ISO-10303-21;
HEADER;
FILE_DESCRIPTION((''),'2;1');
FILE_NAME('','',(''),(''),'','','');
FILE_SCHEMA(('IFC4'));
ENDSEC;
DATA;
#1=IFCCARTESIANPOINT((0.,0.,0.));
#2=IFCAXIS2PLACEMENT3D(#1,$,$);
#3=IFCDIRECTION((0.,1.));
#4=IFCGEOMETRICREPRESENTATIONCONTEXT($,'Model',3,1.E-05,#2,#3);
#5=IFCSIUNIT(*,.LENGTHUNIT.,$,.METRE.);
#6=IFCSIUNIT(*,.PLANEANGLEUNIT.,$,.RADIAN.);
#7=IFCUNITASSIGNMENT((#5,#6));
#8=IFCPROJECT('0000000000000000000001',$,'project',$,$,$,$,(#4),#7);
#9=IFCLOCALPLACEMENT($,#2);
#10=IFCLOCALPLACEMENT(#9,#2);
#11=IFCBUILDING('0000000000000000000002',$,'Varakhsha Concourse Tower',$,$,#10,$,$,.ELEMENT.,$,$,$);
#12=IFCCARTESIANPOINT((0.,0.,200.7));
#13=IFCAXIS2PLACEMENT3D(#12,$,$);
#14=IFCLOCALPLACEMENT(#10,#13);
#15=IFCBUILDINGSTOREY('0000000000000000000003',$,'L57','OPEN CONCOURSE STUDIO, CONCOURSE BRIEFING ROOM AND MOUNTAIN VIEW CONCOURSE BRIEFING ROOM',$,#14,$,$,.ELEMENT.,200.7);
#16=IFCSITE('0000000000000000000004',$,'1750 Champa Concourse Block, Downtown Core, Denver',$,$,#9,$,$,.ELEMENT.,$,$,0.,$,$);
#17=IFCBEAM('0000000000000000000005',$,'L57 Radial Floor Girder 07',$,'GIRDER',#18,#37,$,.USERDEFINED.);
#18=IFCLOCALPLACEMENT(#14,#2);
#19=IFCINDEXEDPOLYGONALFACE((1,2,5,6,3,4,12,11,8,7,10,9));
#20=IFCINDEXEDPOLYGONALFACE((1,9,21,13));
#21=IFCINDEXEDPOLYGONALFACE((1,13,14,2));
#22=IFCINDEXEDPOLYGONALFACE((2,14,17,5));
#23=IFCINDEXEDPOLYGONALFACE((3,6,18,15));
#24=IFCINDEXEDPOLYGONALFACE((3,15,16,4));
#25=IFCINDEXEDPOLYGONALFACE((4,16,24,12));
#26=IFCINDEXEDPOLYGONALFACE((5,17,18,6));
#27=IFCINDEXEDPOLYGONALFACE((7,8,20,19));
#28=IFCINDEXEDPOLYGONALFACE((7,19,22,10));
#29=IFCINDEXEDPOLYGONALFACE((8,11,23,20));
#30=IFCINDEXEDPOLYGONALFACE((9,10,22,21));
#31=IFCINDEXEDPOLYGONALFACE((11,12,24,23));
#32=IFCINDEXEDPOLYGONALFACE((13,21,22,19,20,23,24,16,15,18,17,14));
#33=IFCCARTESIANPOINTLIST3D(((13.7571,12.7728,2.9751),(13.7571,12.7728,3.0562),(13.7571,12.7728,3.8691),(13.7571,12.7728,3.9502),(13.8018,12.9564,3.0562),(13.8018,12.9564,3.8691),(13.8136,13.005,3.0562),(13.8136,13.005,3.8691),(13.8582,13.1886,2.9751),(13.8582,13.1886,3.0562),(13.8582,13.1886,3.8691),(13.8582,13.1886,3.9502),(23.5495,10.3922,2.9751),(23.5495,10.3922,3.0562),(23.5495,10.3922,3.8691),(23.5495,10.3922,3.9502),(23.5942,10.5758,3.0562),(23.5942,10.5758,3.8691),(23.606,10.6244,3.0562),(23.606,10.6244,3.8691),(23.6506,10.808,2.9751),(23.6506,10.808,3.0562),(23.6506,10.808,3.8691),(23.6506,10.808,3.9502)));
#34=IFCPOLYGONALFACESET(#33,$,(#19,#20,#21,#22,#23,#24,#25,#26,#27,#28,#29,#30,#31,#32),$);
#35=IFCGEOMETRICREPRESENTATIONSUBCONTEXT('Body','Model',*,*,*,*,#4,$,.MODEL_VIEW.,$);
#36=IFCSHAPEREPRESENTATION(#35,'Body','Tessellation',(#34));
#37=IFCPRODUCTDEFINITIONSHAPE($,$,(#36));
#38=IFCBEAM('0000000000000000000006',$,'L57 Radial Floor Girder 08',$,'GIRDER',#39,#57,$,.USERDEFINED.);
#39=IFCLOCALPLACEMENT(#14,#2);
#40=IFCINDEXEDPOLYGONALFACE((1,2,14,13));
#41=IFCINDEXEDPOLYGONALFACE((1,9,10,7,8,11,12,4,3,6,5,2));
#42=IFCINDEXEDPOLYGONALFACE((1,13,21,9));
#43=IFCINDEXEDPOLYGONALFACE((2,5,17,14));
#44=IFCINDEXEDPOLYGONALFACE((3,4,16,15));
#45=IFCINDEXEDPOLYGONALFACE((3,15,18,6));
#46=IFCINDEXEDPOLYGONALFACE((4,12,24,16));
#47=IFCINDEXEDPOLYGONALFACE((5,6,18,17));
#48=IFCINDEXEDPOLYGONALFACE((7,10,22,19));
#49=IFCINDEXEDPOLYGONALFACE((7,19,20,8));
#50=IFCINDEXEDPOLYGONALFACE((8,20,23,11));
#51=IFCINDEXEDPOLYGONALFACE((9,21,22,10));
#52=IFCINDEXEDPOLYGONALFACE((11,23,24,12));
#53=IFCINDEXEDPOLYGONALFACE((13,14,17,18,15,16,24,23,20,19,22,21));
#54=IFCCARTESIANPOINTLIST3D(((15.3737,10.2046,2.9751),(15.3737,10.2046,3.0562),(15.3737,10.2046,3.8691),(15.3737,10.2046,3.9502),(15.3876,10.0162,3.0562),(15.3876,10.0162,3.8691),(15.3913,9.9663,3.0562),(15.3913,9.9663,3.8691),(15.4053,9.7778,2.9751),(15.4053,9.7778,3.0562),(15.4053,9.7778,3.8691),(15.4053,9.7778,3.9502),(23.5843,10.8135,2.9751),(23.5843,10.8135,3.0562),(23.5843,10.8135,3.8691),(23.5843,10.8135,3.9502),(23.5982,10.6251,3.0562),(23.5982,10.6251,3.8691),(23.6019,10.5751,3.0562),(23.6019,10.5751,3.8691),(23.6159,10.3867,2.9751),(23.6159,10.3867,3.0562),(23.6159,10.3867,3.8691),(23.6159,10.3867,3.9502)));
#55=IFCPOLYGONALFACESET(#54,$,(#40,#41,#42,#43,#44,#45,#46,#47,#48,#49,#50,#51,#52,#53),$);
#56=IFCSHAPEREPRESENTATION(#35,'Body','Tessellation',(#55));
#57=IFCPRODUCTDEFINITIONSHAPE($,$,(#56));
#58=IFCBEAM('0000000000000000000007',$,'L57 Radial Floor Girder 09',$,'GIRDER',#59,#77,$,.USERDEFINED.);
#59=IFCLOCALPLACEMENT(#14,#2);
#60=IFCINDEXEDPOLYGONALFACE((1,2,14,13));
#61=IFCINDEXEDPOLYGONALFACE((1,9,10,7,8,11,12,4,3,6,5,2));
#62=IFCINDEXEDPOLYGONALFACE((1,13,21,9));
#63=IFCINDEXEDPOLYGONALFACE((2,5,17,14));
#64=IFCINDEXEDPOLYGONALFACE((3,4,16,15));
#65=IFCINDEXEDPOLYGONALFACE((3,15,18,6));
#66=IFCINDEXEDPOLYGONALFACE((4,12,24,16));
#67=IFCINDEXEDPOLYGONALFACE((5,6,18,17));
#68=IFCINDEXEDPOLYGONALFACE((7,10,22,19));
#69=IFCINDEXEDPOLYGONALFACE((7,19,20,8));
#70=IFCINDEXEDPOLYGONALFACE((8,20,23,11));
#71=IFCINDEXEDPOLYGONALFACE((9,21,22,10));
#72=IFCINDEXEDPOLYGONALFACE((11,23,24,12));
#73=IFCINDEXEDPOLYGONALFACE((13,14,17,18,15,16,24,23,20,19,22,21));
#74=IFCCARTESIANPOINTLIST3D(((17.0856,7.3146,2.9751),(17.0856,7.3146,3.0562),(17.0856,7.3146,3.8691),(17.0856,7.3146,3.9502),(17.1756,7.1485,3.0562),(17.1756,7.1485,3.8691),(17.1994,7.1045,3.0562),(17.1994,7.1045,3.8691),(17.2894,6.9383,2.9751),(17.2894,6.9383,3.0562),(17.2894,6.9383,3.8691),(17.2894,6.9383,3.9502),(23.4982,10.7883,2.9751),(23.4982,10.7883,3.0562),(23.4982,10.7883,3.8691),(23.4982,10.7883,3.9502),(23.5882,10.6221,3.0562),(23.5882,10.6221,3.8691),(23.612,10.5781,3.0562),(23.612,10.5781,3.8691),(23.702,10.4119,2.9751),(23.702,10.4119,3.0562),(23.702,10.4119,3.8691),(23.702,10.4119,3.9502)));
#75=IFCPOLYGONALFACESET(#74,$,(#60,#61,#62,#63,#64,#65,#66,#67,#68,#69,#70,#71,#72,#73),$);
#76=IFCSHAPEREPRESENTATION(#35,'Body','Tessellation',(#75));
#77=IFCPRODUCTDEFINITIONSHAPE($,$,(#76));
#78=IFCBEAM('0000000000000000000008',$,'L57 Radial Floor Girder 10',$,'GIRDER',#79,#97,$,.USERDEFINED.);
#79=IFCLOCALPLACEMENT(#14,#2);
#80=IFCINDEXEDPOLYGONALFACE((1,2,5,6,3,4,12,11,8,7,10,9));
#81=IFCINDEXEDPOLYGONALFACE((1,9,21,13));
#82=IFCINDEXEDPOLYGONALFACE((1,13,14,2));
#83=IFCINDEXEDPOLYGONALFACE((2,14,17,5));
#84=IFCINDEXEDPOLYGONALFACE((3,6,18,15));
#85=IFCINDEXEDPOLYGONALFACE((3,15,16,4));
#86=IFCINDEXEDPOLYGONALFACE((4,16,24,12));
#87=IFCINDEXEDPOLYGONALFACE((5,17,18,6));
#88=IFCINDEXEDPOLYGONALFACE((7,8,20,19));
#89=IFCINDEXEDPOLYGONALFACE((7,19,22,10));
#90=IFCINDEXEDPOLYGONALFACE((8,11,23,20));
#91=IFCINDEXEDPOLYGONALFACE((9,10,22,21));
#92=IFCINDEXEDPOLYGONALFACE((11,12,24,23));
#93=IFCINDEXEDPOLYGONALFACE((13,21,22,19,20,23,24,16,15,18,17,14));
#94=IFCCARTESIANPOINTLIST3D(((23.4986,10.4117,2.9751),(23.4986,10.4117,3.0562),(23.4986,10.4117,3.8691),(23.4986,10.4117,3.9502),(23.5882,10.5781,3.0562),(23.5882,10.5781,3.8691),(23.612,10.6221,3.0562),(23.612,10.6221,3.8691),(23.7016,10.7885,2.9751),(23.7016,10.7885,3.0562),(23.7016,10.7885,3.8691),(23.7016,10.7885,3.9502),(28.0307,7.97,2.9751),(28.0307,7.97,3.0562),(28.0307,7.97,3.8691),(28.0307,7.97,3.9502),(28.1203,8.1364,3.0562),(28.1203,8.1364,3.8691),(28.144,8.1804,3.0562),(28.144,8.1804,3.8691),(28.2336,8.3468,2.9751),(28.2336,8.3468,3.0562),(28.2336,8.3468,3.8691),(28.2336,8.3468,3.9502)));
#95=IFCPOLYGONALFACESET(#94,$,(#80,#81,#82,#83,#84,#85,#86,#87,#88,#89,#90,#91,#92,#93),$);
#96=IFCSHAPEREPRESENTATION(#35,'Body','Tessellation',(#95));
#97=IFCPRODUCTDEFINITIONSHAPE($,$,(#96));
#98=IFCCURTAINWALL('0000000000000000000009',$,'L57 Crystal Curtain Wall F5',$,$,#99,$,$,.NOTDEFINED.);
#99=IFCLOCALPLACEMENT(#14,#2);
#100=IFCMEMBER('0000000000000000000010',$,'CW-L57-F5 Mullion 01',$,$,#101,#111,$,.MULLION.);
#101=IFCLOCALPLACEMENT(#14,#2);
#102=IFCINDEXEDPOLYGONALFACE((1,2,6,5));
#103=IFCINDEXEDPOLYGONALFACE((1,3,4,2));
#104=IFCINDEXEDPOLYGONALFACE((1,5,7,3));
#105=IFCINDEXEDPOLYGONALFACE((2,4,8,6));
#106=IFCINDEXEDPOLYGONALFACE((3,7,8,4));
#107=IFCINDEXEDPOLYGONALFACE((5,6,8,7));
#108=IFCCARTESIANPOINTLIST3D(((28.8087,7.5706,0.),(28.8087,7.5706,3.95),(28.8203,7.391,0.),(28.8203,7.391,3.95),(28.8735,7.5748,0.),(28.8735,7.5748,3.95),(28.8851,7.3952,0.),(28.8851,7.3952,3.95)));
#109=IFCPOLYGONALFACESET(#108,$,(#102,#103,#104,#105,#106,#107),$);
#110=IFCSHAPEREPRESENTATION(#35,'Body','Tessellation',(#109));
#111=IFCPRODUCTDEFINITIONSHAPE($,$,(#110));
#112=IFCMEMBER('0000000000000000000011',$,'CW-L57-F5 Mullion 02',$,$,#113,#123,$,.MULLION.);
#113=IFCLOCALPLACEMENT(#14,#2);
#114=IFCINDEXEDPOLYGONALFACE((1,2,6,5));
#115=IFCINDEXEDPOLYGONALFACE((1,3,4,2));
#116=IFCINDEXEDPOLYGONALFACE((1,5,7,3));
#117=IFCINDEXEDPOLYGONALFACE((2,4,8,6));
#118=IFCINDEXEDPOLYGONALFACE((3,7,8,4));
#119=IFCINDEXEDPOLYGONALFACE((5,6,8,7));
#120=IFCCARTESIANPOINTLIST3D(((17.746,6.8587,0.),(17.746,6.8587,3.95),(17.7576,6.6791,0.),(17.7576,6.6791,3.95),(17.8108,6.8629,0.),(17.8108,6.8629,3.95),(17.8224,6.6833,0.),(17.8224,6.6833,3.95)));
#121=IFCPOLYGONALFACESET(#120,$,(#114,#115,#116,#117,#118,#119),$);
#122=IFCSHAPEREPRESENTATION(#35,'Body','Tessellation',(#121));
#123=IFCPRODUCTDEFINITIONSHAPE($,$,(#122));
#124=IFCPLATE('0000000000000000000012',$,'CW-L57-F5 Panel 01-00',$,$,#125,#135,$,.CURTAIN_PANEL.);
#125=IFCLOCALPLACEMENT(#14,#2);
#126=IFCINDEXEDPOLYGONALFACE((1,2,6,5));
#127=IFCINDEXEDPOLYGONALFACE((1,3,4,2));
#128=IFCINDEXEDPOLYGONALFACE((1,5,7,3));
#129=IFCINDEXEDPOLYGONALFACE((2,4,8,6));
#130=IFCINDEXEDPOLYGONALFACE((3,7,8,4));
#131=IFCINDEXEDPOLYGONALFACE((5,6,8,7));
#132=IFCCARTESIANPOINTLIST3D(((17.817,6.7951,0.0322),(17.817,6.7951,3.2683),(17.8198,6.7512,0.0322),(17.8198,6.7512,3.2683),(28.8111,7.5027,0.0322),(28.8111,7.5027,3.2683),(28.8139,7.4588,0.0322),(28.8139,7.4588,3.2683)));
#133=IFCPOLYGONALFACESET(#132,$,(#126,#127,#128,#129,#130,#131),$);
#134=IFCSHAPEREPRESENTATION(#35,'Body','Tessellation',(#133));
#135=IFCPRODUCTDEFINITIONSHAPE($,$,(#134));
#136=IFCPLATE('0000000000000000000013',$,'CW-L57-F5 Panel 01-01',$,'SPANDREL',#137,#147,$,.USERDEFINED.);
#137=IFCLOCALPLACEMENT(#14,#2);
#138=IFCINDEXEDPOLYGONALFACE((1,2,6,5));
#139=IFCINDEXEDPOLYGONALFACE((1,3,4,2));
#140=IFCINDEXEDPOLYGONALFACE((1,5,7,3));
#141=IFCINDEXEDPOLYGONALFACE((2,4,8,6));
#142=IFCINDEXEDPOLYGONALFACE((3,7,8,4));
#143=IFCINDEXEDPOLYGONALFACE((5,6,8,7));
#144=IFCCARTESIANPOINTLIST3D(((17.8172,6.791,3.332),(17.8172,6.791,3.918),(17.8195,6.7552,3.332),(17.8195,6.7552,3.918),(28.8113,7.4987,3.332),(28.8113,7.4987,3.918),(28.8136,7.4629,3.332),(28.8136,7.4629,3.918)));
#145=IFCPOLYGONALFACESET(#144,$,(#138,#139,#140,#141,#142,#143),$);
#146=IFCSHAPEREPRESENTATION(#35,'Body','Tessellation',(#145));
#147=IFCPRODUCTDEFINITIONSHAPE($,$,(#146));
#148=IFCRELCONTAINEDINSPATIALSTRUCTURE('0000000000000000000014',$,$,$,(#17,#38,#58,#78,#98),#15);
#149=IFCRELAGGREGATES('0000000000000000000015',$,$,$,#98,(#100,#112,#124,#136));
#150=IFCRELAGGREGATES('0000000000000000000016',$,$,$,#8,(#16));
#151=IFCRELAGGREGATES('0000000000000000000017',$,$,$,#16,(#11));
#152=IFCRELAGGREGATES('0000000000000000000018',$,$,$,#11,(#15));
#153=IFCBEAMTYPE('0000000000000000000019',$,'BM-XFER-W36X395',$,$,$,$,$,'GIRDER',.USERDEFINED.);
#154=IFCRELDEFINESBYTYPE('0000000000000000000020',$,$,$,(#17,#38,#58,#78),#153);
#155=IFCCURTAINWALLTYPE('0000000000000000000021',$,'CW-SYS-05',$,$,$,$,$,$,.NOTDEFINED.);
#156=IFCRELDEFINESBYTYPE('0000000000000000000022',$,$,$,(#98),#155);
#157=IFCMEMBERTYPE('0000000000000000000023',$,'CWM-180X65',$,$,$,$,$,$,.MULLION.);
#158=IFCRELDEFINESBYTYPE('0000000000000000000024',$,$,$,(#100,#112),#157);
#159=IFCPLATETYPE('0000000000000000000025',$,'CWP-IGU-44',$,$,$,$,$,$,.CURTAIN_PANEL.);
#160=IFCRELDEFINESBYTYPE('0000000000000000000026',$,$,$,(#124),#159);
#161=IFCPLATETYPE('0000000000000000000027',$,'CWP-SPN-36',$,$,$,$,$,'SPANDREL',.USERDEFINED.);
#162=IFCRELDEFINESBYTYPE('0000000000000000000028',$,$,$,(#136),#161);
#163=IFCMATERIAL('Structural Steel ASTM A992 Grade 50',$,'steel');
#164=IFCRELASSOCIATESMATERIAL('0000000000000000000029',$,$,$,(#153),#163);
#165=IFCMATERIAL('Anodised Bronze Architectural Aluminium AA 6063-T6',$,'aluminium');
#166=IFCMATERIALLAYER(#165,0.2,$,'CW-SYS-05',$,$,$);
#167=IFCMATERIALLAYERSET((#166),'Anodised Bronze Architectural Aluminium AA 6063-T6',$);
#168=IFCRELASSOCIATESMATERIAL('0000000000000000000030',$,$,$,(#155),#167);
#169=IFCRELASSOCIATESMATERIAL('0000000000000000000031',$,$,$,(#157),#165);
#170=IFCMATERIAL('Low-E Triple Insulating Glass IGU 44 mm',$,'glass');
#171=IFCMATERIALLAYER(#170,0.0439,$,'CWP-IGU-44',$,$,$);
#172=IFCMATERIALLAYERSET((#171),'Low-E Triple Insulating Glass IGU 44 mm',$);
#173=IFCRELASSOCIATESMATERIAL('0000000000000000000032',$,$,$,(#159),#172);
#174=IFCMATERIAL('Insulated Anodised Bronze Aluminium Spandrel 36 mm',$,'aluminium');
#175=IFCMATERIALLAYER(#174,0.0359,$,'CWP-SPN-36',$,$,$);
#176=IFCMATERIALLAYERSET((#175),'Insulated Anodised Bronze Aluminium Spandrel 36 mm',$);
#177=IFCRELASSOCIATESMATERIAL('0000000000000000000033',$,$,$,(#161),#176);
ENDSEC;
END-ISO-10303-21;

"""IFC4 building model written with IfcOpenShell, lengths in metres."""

from ifc_helpers import new_model, si_unit, direction, frame, origin, origin_2d, place, context, subcontext, project, spatial, rectangle, i_section, extrude, source, transform, mapped, material, layer, layer_set, material_profile, profile_set, type_object, type_shapes, element, aggregate, save


model = new_model("IFC4")

# Units and contexts
model_context = context("Model", 3, precision=1e-05, world=origin(), true_north=direction((0.0, 1.0)))
body_context = subcontext(model_context, "Body", "Model", "MODEL_VIEW")
ifc_project = project(units=[si_unit("LENGTHUNIT", "METRE"), si_unit("PLANEANGLEUNIT", "RADIAN")], contexts=[model_context])

# Site, building, storey
site_placement = place(None, origin())
site = spatial("IfcSite", under=ifc_project, at=site_placement, Name="1750 Champa Concourse Block, Downtown Core, Denver", CompositionType="ELEMENT", RefElevation=0.0)
building_placement = place(site_placement, origin())
building = spatial("IfcBuilding", under=site, at=building_placement, Name="Varakhsha Concourse Tower", CompositionType="ELEMENT")
storey_placement = place(building_placement, frame((0.0, 0.0, 200.7)))
storey = spatial("IfcBuildingStorey", under=building, at=storey_placement, Name="L57", Description="OPEN CONCOURSE STUDIO, CONCOURSE BRIEFING ROOM AND MOUNTAIN VIEW CONCOURSE BRIEFING ROOM", CompositionType="ELEMENT", Elevation=200.7)

# Shared definitions
ifc_material_1 = material(Name="Structural Steel ASTM A992 Grade 50", Category="steel")

# Beams
ifc_material_profile_1 = material_profile(ifc_material_1, i_section(OverallWidth=0.428, OverallDepth=0.9751, WebThickness=0.05, FlangeThickness=0.0811, at=origin_2d()), Name="W36X395")
ifc_profile_set_1 = profile_set([ifc_material_profile_1], Name="Structural Steel ASTM A992 Grade 50")
beam_type_1 = type_object("IfcBeamType", Name="BM-XFER-W36X395", ElementType="GIRDER", PredefinedType="USERDEFINED", material=ifc_profile_set_1)
beam_1_placement = place(storey_placement, frame((23.6001, 10.6001, 3.4626), z_axis=(-0.971698, 0.236226, 0.0), x_axis=(-0.236226, -0.971698, 0.0)))
element("IfcBeam", 1, at=beam_1_placement, inside=storey, type_object=beam_type_1, Name="L57 Radial Floor Girder 07", ObjectType="GIRDER", PredefinedType="USERDEFINED", context=body_context, shape_type="SweptSolid", body=[
    extrude(i_section(OverallWidth=0.428, OverallDepth=0.9751, WebThickness=0.05, FlangeThickness=0.0811, at=origin_2d()), origin(), (0.0, 0.0, 1.0), 10.0776),
])
beam_2_placement = place(storey_placement, frame((23.6001, 10.6001, 3.4626), z_axis=(-0.997262, -0.073955, 0.0), x_axis=(0.073955, -0.997262, 0.0)))
element("IfcBeam", 2, at=beam_2_placement, inside=storey, type_object=beam_type_1, Name="L57 Radial Floor Girder 08", ObjectType="GIRDER", PredefinedType="USERDEFINED", context=body_context, shape_type="SweptSolid", body=[
    extrude(i_section(OverallWidth=0.428, OverallDepth=0.9751, WebThickness=0.05, FlangeThickness=0.0811, at=origin_2d()), origin(), (0.0, 0.0, 1.0), 8.2332),
])
beam_3_placement = place(storey_placement, frame((23.6001, 10.6001, 3.4626), z_axis=(-0.879284, -0.476298, 0.0), x_axis=(0.476298, -0.879284, 0.0)))
element("IfcBeam", 3, at=beam_3_placement, inside=storey, type_object=beam_type_1, Name="L57 Radial Floor Girder 09", ObjectType="GIRDER", PredefinedType="USERDEFINED", context=body_context, shape_type="SweptSolid", body=[
    extrude(i_section(OverallWidth=0.428, OverallDepth=0.9751, WebThickness=0.05, FlangeThickness=0.0811, at=origin_2d()), origin(), (0.0, 0.0, 1.0), 7.293),
])
beam_4_placement = place(storey_placement, frame((23.6001, 10.6001, 3.4626), z_axis=(0.880361, -0.474303, 0.0), x_axis=(0.474303, 0.880361, 0.0)))
element("IfcBeam", 4, at=beam_4_placement, inside=storey, type_object=beam_type_1, Name="L57 Radial Floor Girder 10", ObjectType="GIRDER", PredefinedType="USERDEFINED", context=body_context, shape_type="SweptSolid", body=[
    extrude(i_section(OverallWidth=0.428, OverallDepth=0.9751, WebThickness=0.05, FlangeThickness=0.0811, at=origin_2d()), origin(), (0.0, 0.0, 1.0), 5.1479),
])

# Curtain wall, members, plates
ifc_material_2 = material(Name="Anodised Bronze Architectural Aluminium AA 6063-T6", Category="aluminium")
ifc_layer_1 = layer(ifc_material_2, 0.2, Name="CW-SYS-05")
ifc_layer_set_1 = layer_set([ifc_layer_1], Name="Anodised Bronze Architectural Aluminium AA 6063-T6")
curtain_wall_type = type_object("IfcCurtainWallType", Name="CW-SYS-05", PredefinedType="NOTDEFINED", material=ifc_layer_set_1)
curtain_wall_placement = place(storey_placement, origin())
curtain_wall = element("IfcCurtainWall", 5, at=curtain_wall_placement, inside=storey, type_object=curtain_wall_type, Name="L57 Crystal Curtain Wall F5", PredefinedType="NOTDEFINED")
ifc_material_profile_2 = material_profile(ifc_material_2, rectangle(XDim=0.0649, YDim=0.1799, at=origin_2d()), Name="CWM-180X65")
ifc_profile_set_2 = profile_set([ifc_material_profile_2], Name="Anodised Bronze Architectural Aluminium AA 6063-T6")
member_type = type_object("IfcMemberType", Name="CWM-180X65", PredefinedType="MULLION", material=ifc_profile_set_2)
shared_shape_1 = source(origin(), body_context, "Body", "SweptSolid", [
    extrude(rectangle(XDim=0.0649, YDim=0.1799, at=origin_2d()), origin(), (0.0, 0.0, 1.0), 3.95),
])
type_shapes(member_type, [shared_shape_1])
member_1_placement = place(storey_placement, frame((28.8469, 7.4829, 0.0), z_axis=(0.0, 0.0, 1.0), x_axis=(-0.997935, -0.064231, 0.0)))
member_1 = element("IfcMember", 6, at=member_1_placement, type_object=member_type, Name="CW-L57-F5 Mullion 01", PredefinedType="MULLION", context=body_context, shape_type="MappedRepresentation", body=[
    mapped(shared_shape_1, transform((0.0, 0.0, 0.0), scale=1.0)),
])
member_2_placement = place(storey_placement, frame((17.7842, 6.771, 0.0), z_axis=(0.0, 0.0, 1.0), x_axis=(-0.997935, -0.064231, 0.0)))
member_2 = element("IfcMember", 7, at=member_2_placement, type_object=member_type, Name="CW-L57-F5 Mullion 02", PredefinedType="MULLION", context=body_context, shape_type="MappedRepresentation", body=[
    mapped(shared_shape_1, transform((0.0, 0.0, 0.0), scale=1.0)),
])
ifc_material_3 = material(Name="Low-E Triple Insulating Glass IGU 44 mm", Category="glass")
ifc_layer_2 = layer(ifc_material_3, 0.0439, Name="CWP-IGU-44")
ifc_layer_set_2 = layer_set([ifc_layer_2], Name="Low-E Triple Insulating Glass IGU 44 mm")
plate_type_1 = type_object("IfcPlateType", Name="CWP-IGU-44", PredefinedType="CURTAIN_PANEL", material=ifc_layer_set_2)
shared_shape_2 = source(origin(), body_context, "Body", "SweptSolid", [
    extrude(rectangle(XDim=11.0168, YDim=0.0439, at=origin_2d()), origin(), (0.0, 0.0, 1.0), 3.2361),
])
type_shapes(plate_type_1, [shared_shape_2])
plate_1_placement = place(storey_placement, frame((23.3154, 7.127, 0.0322), z_axis=(0.0, 0.0, 1.0), x_axis=(-0.997935, -0.064231, 0.0)))
plate_1 = element("IfcPlate", 8, at=plate_1_placement, type_object=plate_type_1, Name="CW-L57-F5 Panel 01-00", PredefinedType="CURTAIN_PANEL", context=body_context, shape_type="MappedRepresentation", body=[
    mapped(shared_shape_2, transform((0.0, 0.0, 0.0), scale=1.0)),
])
ifc_material_4 = material(Name="Insulated Anodised Bronze Aluminium Spandrel 36 mm", Category="aluminium")
ifc_layer_3 = layer(ifc_material_4, 0.0359, Name="CWP-SPN-36")
ifc_layer_set_3 = layer_set([ifc_layer_3], Name="Insulated Anodised Bronze Aluminium Spandrel 36 mm")
plate_type_2 = type_object("IfcPlateType", Name="CWP-SPN-36", ElementType="SPANDREL", PredefinedType="USERDEFINED", material=ifc_layer_set_3)
shared_shape_3 = source(origin(), body_context, "Body", "SweptSolid", [
    extrude(rectangle(XDim=11.0168, YDim=0.0359, at=origin_2d()), origin(), (0.0, 0.0, 1.0), 0.5859),
])
type_shapes(plate_type_2, [shared_shape_3])
plate_2_placement = place(storey_placement, frame((23.3154, 7.127, 3.332), z_axis=(0.0, 0.0, 1.0), x_axis=(-0.997935, -0.064231, 0.0)))
plate_2 = element("IfcPlate", 9, at=plate_2_placement, type_object=plate_type_2, Name="CW-L57-F5 Panel 01-01", ObjectType="SPANDREL", PredefinedType="USERDEFINED", context=body_context, shape_type="MappedRepresentation", body=[
    mapped(shared_shape_3, transform((0.0, 0.0, 0.0), scale=1.0)),
])
aggregate(curtain_wall, [member_1, member_2, plate_1, plate_2])

save(model, "model.ifc")
